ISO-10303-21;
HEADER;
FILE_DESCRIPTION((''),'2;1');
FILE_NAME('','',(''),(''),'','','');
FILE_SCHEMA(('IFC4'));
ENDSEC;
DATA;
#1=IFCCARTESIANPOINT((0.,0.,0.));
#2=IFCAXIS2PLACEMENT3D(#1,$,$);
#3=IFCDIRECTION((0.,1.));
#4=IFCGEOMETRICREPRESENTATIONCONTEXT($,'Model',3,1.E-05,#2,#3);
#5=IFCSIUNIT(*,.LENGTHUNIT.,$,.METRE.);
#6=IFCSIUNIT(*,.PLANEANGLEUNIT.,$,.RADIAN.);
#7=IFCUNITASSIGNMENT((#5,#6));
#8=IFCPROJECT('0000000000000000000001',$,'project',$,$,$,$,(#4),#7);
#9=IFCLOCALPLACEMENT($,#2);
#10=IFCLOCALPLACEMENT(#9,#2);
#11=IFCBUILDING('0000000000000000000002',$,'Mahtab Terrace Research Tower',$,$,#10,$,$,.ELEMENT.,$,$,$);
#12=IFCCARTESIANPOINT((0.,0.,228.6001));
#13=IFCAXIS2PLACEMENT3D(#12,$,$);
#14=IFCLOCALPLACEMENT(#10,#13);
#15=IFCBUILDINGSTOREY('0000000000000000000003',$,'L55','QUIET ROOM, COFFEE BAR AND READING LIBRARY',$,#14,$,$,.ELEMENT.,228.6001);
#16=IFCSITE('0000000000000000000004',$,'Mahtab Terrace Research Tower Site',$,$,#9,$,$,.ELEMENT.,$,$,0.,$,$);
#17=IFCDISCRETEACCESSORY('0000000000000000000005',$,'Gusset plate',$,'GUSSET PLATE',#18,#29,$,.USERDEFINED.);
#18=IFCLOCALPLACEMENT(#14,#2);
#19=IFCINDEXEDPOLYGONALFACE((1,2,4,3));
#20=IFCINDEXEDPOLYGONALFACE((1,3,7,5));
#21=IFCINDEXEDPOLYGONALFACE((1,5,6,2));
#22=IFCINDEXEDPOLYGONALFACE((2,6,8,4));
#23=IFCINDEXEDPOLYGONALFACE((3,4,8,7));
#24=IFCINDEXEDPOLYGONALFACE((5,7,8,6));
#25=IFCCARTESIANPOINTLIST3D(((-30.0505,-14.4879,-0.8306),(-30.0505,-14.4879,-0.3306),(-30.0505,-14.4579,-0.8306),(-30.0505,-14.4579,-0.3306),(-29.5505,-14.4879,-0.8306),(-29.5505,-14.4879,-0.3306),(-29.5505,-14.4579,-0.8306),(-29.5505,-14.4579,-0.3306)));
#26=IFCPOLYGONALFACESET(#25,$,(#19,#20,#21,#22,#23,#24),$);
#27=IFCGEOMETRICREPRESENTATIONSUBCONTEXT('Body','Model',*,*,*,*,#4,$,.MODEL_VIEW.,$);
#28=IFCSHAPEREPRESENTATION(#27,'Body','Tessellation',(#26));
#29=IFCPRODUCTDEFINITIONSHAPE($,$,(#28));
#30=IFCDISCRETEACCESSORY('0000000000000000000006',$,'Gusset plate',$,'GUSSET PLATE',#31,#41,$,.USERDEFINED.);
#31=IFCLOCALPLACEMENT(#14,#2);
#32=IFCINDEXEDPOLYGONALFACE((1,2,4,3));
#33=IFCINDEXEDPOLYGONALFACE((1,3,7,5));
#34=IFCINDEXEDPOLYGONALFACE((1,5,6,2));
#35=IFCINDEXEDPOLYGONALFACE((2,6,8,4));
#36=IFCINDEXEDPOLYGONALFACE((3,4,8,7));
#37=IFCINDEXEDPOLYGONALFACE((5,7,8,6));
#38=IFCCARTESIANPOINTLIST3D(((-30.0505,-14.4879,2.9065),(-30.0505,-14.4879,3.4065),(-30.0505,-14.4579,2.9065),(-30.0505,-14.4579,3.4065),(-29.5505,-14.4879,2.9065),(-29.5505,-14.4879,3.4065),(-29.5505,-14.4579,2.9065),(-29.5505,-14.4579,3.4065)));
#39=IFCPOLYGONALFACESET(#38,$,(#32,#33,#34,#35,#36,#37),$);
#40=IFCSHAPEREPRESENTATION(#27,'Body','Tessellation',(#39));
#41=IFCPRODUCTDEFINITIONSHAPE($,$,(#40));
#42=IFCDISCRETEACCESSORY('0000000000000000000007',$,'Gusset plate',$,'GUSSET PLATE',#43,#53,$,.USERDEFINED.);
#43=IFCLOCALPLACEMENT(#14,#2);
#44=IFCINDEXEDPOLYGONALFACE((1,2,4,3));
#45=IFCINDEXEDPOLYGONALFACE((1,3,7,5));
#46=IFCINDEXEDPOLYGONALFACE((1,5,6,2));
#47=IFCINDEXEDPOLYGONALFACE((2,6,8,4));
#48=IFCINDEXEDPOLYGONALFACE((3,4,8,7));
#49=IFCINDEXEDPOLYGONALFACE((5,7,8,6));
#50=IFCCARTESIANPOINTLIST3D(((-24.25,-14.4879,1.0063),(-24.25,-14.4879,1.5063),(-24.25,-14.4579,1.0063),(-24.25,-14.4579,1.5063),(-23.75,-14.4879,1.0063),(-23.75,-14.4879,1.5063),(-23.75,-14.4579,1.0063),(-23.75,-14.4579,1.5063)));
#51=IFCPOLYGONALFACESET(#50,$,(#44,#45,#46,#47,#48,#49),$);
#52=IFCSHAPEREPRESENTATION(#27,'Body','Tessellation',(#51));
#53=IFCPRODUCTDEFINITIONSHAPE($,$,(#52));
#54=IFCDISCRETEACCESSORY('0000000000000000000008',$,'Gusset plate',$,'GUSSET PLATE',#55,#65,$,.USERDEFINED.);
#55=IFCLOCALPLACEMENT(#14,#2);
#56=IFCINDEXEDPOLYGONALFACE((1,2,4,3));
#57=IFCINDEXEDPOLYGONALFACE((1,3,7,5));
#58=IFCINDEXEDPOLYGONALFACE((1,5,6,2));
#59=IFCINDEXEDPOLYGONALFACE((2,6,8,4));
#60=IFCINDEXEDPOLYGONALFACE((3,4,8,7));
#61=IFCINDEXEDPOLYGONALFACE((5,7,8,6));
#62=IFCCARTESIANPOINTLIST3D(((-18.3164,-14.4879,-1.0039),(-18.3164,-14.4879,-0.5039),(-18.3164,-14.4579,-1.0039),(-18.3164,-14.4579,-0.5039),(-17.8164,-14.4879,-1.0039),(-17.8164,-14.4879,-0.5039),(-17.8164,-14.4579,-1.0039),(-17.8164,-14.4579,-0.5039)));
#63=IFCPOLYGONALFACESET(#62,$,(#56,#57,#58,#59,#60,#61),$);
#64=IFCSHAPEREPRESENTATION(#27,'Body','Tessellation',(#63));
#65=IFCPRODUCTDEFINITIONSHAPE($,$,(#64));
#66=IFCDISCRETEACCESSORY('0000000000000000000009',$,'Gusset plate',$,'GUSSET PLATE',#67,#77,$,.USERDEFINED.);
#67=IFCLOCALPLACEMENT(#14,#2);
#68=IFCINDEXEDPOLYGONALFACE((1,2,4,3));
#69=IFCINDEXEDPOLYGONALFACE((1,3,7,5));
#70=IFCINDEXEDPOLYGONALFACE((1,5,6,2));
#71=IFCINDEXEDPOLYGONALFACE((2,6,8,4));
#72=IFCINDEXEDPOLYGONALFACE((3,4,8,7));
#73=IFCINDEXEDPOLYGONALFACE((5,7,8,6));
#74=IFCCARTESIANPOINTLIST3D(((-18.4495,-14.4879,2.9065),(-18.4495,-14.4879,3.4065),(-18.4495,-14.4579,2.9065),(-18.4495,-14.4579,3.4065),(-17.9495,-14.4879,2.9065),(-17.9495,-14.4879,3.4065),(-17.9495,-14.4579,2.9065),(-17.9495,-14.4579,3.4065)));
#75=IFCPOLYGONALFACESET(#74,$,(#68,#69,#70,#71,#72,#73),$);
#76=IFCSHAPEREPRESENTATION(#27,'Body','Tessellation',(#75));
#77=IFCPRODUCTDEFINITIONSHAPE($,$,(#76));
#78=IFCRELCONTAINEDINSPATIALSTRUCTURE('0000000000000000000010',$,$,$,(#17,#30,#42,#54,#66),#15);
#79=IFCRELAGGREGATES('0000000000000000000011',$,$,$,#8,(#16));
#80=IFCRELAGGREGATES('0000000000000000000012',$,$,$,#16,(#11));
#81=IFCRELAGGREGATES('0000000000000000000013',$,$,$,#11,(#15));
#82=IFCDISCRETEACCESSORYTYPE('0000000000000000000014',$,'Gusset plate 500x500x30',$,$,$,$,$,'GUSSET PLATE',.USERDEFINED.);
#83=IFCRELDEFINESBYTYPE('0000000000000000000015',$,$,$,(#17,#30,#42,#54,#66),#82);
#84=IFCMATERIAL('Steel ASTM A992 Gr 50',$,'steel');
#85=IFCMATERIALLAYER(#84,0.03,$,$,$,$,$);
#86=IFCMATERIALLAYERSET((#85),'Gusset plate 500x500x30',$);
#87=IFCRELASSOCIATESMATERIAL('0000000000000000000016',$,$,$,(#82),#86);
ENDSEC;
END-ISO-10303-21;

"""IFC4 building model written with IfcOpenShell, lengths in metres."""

from ifc_helpers import new_model, si_unit, direction, frame, origin, origin_2d, place, context, subcontext, project, spatial, rectangle, extrude, material, layer, layer_set, type_object, element, save


model = new_model("IFC4")

# Units and contexts
model_context = context("Model", 3, precision=1e-05, world=origin(), true_north=direction((0.0, 1.0)))
body_context = subcontext(model_context, "Body", "Model", "MODEL_VIEW")
ifc_project = project(units=[si_unit("LENGTHUNIT", "METRE"), si_unit("PLANEANGLEUNIT", "RADIAN")], contexts=[model_context])

# Site, building, storey
site_placement = place(None, origin())
site = spatial("IfcSite", under=ifc_project, at=site_placement, Name="Mahtab Terrace Research Tower Site", CompositionType="ELEMENT", RefElevation=0.0)
building_placement = place(site_placement, origin())
building = spatial("IfcBuilding", under=site, at=building_placement, Name="Mahtab Terrace Research Tower", CompositionType="ELEMENT")
storey_placement = place(building_placement, frame((0.0, 0.0, 228.6001)))
storey = spatial("IfcBuildingStorey", under=building, at=storey_placement, Name="L55", Description="QUIET ROOM, COFFEE BAR AND READING LIBRARY", CompositionType="ELEMENT", Elevation=228.6001)

# Shared definitions
ifc_material_1 = material(Name="Steel ASTM A992 Gr 50", Category="steel")

# Discrete accessories
ifc_layer_1 = layer(ifc_material_1, 0.03)
ifc_layer_set_1 = layer_set([ifc_layer_1], Name="Gusset plate 500x500x30")
discrete_accessory_type = type_object("IfcDiscreteAccessoryType", Name="Gusset plate 500x500x30", ElementType="GUSSET PLATE", PredefinedType="USERDEFINED", material=ifc_layer_set_1)
for number, where, z_axis, x_axis, name in (
    (1, (-29.8005, -14.4729, -0.8306), (0.0, 0.0, 1.0), (1.0, 0.0, 0.0), "Gusset plate"),
    (2, (-29.8005, -14.4729, 2.9065), (0.0, 0.0, 1.0), (1.0, 0.0, 0.0), "Gusset plate"),
    (3, (-24.0, -14.4729, 1.0063), (0.0, 0.0, 1.0), (1.0, 0.0, 0.0), "Gusset plate"),
    (4, (-18.0664, -14.4729, -1.0039), (0.0, 0.0, 1.0), (1.0, 0.0, 0.0), "Gusset plate"),
    (5, (-18.1995, -14.4729, 2.9065), (0.0, 0.0, 1.0), (1.0, 0.0, 0.0), "Gusset plate"),
):
    element("IfcDiscreteAccessory", number, at=place(storey_placement, frame(where, z_axis=z_axis, x_axis=x_axis)), inside=storey, type_object=discrete_accessory_type, Name=name, ObjectType="GUSSET PLATE", PredefinedType="USERDEFINED", context=body_context, shape_type="SweptSolid", body=[
        extrude(rectangle(XDim=0.5, YDim=0.03, at=origin_2d()), origin(), (0.0, 0.0, 1.0), 0.5),
    ])

save(model, "model.ifc")
